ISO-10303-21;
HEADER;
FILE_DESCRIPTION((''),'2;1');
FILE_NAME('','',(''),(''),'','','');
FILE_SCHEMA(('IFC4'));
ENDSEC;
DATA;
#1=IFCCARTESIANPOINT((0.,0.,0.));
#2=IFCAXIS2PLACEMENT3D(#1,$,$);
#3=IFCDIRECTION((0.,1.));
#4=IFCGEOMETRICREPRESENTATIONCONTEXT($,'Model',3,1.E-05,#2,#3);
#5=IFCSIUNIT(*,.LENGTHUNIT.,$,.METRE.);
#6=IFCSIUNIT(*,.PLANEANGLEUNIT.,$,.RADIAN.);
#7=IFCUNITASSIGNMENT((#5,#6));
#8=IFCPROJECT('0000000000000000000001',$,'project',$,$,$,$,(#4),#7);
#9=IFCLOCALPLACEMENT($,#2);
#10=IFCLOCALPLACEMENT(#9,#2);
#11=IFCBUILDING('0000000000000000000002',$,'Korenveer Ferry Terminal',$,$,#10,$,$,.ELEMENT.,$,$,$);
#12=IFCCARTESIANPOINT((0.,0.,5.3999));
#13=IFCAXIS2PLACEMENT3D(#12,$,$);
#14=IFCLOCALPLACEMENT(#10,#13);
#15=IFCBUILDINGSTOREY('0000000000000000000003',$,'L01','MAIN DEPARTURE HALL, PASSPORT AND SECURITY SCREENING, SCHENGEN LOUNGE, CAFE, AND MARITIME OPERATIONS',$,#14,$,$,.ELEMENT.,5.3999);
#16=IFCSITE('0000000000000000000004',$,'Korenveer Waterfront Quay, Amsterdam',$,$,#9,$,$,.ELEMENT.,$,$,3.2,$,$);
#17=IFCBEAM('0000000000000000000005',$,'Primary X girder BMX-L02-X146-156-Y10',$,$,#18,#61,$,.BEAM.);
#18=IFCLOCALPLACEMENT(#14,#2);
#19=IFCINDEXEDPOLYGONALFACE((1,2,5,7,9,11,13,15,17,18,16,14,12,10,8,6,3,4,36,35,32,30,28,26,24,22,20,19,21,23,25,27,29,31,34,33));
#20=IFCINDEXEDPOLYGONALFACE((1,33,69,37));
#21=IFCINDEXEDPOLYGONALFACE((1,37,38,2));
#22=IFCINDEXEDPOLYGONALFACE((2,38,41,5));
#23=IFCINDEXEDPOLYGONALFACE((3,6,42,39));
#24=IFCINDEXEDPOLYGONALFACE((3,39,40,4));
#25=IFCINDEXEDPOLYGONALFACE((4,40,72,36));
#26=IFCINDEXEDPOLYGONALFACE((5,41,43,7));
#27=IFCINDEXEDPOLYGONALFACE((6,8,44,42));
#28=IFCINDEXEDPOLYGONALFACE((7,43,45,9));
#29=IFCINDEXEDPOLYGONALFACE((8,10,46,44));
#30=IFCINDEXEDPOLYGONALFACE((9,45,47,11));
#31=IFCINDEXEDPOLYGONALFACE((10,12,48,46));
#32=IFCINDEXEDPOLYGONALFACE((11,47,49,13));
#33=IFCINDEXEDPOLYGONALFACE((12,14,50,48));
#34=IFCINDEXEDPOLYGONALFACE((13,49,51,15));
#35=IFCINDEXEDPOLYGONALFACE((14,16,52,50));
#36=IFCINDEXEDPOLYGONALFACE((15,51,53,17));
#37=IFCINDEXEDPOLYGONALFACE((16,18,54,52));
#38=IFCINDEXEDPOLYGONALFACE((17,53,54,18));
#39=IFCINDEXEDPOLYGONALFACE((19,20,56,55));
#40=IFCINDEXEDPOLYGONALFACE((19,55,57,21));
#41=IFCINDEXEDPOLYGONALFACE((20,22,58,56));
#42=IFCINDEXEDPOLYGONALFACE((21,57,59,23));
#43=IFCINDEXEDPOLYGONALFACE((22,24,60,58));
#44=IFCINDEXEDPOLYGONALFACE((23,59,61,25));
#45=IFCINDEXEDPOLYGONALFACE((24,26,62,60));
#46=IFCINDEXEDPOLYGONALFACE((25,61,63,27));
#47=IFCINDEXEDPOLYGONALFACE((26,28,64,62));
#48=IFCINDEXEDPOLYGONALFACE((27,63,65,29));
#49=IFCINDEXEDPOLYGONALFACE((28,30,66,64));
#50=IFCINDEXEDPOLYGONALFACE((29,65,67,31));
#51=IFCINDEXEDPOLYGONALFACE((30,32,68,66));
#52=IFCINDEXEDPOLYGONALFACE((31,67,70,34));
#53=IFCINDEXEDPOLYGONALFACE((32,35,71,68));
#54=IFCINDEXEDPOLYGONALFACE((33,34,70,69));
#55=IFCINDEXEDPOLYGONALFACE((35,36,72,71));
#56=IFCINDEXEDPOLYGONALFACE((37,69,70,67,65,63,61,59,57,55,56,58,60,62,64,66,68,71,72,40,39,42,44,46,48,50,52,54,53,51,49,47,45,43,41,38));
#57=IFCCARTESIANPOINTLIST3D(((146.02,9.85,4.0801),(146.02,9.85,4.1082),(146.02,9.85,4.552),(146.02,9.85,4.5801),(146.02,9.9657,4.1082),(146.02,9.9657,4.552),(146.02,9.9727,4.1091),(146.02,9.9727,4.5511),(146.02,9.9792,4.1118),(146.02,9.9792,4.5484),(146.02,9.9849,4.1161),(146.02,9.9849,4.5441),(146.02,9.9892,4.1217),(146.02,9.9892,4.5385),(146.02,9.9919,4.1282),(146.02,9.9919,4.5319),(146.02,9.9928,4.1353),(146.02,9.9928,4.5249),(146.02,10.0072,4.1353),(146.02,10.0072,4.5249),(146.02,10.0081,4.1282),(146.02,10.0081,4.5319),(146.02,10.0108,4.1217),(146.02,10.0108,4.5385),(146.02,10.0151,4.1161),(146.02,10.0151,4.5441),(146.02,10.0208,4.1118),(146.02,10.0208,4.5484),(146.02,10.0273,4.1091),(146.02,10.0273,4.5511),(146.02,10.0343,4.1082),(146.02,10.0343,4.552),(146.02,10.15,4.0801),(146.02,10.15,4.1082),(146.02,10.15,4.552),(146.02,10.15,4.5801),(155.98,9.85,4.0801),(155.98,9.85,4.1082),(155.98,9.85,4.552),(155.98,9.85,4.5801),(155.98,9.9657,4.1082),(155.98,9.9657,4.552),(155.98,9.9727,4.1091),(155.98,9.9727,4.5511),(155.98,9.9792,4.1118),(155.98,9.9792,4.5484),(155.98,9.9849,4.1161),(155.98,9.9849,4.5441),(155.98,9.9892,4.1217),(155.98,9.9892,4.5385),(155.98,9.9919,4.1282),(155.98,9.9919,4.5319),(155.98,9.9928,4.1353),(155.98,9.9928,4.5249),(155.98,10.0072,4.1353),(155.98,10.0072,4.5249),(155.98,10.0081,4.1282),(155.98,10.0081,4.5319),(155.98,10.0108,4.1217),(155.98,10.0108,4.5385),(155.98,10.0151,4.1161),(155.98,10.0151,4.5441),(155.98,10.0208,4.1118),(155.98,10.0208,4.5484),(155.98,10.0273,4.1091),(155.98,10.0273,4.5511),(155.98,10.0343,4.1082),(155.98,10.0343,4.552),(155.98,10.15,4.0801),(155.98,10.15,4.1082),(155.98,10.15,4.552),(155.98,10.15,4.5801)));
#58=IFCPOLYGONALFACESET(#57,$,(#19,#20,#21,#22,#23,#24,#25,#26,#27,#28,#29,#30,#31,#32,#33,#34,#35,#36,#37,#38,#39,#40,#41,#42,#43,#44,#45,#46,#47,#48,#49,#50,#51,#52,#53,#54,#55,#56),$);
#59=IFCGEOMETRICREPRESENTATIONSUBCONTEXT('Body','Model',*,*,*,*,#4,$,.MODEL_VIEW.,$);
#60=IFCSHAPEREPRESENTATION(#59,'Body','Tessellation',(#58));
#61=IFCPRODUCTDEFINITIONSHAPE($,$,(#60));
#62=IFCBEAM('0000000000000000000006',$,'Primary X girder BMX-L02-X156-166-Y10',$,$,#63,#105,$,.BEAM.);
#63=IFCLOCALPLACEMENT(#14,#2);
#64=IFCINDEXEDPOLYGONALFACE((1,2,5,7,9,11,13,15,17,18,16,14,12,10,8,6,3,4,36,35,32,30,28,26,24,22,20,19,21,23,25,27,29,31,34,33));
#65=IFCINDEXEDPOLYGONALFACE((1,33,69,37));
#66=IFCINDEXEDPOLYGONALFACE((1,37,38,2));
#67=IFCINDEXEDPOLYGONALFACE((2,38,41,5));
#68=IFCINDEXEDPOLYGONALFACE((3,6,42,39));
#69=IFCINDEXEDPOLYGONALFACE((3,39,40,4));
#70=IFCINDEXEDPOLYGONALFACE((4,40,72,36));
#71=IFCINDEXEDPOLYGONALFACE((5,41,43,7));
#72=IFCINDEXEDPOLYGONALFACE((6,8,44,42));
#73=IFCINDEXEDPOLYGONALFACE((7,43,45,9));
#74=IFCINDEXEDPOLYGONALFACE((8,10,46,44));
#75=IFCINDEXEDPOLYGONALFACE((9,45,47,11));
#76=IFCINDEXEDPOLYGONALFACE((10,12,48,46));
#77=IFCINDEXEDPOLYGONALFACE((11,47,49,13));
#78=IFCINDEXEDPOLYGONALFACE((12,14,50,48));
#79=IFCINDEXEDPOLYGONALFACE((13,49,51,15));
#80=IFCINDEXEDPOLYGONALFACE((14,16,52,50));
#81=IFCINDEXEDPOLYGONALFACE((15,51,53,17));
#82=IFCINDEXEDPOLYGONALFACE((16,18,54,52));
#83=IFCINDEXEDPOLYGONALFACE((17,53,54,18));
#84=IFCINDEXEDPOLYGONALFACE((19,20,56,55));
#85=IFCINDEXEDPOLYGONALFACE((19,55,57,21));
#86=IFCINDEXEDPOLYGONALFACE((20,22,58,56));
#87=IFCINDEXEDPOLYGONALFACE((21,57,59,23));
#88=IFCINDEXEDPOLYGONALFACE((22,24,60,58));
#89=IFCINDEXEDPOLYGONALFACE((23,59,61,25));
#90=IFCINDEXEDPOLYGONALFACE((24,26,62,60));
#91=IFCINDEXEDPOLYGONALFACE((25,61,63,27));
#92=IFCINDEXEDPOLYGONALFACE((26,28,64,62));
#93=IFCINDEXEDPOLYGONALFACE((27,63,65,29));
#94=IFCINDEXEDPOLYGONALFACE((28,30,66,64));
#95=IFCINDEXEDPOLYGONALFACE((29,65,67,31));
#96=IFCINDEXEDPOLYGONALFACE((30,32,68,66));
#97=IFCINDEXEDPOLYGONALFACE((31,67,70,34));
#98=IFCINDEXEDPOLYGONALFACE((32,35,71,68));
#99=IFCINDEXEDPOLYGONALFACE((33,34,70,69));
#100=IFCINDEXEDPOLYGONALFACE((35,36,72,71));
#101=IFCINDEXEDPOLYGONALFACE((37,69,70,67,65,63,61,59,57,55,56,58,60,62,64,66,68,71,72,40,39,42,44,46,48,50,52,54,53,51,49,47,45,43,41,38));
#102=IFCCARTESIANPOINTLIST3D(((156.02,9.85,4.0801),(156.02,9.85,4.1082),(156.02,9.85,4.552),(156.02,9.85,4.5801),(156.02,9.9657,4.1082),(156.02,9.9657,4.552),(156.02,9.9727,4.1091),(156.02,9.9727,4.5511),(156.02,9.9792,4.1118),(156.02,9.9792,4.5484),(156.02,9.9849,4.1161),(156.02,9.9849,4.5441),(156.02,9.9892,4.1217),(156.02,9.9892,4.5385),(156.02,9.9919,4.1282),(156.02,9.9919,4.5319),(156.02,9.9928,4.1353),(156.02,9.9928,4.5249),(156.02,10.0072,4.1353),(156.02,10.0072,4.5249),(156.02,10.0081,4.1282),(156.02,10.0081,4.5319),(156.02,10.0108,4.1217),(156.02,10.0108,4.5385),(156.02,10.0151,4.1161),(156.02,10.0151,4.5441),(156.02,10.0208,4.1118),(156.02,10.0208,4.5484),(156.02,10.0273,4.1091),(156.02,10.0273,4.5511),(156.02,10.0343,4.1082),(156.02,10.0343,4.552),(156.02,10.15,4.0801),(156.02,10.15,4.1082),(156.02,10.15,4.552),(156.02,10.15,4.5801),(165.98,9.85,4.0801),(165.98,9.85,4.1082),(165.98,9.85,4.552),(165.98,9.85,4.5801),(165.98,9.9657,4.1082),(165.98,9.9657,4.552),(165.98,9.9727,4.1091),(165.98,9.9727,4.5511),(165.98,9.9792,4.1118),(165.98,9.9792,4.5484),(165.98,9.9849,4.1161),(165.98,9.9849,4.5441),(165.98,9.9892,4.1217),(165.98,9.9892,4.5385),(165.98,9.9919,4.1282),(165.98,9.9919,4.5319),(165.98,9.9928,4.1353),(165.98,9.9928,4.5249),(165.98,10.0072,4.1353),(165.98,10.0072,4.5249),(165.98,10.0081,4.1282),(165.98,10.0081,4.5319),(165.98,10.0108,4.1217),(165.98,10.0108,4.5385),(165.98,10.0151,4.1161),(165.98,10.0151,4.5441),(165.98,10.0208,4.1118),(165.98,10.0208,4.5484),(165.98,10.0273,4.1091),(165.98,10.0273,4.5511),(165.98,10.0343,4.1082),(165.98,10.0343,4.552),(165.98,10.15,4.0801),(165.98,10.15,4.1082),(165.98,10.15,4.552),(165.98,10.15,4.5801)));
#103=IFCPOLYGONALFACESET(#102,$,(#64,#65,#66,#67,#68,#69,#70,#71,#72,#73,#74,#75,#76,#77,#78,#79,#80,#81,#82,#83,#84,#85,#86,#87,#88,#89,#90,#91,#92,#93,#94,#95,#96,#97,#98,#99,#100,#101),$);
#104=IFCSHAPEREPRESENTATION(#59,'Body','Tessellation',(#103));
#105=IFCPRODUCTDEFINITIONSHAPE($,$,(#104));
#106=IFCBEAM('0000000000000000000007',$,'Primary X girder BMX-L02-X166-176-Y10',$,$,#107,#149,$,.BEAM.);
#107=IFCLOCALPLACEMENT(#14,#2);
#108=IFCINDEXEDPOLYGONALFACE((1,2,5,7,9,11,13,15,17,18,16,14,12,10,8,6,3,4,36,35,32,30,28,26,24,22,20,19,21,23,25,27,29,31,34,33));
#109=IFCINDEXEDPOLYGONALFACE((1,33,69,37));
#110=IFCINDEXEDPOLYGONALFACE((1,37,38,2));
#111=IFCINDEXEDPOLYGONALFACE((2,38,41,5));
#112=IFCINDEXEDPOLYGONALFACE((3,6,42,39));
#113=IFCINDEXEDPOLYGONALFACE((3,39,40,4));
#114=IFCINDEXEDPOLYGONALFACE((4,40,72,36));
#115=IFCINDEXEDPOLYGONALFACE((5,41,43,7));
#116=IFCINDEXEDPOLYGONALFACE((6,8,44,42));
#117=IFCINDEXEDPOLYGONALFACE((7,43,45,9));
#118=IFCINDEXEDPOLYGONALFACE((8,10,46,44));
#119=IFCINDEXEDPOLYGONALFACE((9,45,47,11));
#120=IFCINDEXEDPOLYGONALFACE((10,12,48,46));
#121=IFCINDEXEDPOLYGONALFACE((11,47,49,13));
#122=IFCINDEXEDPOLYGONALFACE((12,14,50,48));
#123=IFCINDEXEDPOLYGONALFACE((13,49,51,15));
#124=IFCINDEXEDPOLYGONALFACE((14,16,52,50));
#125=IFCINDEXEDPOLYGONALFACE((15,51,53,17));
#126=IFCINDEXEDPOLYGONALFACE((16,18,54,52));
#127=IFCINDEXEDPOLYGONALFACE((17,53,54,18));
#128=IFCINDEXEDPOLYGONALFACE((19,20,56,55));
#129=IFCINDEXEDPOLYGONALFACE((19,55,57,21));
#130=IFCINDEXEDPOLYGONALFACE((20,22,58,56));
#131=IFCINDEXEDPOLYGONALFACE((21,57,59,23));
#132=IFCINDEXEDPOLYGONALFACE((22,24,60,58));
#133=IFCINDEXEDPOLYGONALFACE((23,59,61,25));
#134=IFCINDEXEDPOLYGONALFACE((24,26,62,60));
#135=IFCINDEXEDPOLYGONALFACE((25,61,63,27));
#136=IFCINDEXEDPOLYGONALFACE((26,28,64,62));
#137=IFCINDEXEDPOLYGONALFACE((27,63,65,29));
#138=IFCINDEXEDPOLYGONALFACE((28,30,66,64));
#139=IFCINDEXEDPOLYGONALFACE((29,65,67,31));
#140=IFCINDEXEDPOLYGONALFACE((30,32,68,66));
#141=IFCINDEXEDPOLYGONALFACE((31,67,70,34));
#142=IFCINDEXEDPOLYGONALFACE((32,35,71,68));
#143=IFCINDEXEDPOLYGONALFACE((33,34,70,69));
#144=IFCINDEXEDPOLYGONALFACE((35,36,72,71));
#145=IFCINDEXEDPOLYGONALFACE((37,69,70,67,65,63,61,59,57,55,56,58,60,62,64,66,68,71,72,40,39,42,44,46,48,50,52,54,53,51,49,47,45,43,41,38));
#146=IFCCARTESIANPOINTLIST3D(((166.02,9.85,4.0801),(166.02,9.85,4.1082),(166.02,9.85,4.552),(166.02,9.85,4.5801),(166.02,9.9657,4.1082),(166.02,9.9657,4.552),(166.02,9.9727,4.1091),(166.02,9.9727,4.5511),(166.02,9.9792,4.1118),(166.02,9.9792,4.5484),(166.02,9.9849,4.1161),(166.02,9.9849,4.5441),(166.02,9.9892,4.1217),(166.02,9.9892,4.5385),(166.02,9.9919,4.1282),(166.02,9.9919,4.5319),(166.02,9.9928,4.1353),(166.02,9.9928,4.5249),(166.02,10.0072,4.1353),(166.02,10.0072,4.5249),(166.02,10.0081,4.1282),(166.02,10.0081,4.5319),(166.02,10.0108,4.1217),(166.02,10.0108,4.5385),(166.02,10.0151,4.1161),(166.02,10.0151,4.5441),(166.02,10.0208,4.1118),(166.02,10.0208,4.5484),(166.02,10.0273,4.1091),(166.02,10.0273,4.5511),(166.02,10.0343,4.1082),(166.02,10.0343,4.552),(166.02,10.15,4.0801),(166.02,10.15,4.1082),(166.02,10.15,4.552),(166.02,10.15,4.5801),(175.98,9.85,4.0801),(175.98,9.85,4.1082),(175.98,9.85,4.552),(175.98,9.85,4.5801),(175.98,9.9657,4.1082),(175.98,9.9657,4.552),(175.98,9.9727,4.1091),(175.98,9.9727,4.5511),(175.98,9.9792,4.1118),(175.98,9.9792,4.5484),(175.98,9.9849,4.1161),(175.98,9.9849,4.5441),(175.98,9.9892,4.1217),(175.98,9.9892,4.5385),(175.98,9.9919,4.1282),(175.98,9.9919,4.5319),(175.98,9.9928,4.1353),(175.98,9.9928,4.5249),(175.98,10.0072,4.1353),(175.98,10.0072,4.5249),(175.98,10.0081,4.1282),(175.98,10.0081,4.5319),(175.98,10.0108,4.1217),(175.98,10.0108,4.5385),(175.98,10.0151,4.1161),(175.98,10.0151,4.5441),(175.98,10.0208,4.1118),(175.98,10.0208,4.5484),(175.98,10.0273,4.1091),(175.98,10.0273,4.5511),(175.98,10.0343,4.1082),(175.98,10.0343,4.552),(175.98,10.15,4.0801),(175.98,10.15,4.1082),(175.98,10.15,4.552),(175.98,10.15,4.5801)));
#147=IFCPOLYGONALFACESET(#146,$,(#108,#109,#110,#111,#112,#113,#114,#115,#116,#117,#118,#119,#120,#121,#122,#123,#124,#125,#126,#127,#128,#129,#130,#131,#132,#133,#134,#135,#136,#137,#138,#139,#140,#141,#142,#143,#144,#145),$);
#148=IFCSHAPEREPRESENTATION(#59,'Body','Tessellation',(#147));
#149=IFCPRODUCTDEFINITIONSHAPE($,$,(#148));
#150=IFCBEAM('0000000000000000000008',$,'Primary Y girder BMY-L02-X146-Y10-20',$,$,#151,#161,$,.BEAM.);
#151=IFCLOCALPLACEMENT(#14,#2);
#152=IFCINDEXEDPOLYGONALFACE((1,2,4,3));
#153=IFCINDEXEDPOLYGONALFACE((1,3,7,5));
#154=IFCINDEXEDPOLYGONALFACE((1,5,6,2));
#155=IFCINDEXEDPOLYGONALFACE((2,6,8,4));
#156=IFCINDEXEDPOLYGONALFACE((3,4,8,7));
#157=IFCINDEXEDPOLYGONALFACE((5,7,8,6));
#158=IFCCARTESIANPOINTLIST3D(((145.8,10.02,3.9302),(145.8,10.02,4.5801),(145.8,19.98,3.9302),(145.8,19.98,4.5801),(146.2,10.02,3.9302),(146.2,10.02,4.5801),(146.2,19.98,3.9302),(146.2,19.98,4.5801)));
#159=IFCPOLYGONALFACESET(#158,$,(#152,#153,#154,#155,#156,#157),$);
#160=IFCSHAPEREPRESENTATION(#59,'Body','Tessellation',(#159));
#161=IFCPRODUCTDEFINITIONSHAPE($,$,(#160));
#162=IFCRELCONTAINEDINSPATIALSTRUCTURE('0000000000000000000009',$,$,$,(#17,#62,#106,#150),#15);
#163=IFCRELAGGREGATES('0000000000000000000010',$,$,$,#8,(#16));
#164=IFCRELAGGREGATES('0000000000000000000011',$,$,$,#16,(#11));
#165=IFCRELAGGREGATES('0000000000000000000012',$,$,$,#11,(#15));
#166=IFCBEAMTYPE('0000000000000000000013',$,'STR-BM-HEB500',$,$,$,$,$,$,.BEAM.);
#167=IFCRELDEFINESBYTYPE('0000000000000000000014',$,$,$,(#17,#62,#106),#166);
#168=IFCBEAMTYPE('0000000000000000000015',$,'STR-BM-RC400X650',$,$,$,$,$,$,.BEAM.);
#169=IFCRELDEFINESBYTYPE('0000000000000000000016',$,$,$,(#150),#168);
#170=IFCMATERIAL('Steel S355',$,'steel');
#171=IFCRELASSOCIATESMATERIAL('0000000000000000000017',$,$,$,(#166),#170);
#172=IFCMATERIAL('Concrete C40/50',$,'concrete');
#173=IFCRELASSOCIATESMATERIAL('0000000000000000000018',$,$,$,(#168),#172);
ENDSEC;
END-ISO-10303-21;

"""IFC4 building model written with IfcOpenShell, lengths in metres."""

from ifc_helpers import new_model, si_unit, direction, frame, origin, origin_2d, place, context, subcontext, project, spatial, rectangle, i_section, extrude, material, material_profile, profile_set, type_object, element, save


model = new_model("IFC4")

# Units and contexts
model_context = context("Model", 3, precision=1e-05, world=origin(), true_north=direction((0.0, 1.0)))
body_context = subcontext(model_context, "Body", "Model", "MODEL_VIEW")
ifc_project = project(units=[si_unit("LENGTHUNIT", "METRE"), si_unit("PLANEANGLEUNIT", "RADIAN")], contexts=[model_context])

# Site, building, storey
site_placement = place(None, origin())
site = spatial("IfcSite", under=ifc_project, at=site_placement, Name="Korenveer Waterfront Quay, Amsterdam", CompositionType="ELEMENT", RefElevation=3.2)
building_placement = place(site_placement, origin())
building = spatial("IfcBuilding", under=site, at=building_placement, Name="Korenveer Ferry Terminal", CompositionType="ELEMENT")
storey_placement = place(building_placement, frame((0.0, 0.0, 5.3999)))
storey = spatial("IfcBuildingStorey", under=building, at=storey_placement, Name="L01", Description="MAIN DEPARTURE HALL, PASSPORT AND SECURITY SCREENING, SCHENGEN LOUNGE, CAFE, AND MARITIME OPERATIONS", CompositionType="ELEMENT", Elevation=5.3999)

# Beams
ifc_material_1 = material(Name="Steel S355", Category="steel")
ifc_material_profile_1 = material_profile(ifc_material_1, i_section(OverallWidth=0.3, OverallDepth=0.5, WebThickness=0.0144, FlangeThickness=0.0281, FilletRadius=0.0271, at=origin_2d()), Name="HEB 500")
ifc_profile_set_1 = profile_set([ifc_material_profile_1], Name="Steel S355")
beam_type_1 = type_object("IfcBeamType", Name="STR-BM-HEB500", PredefinedType="BEAM", material=ifc_profile_set_1)
for number, where, z_axis, x_axis, name in (
    (1, (146.02, 10.0, 4.3301), (1.0, 0.0, 0.0), (0.0, 1.0, 0.0), "Primary X girder BMX-L02-X146-156-Y10"),
    (2, (156.02, 10.0, 4.3301), (1.0, 0.0, 0.0), (0.0, 1.0, 0.0), "Primary X girder BMX-L02-X156-166-Y10"),
    (3, (166.02, 10.0, 4.3301), (1.0, 0.0, 0.0), (0.0, 1.0, 0.0), "Primary X girder BMX-L02-X166-176-Y10"),
):
    element("IfcBeam", number, at=place(storey_placement, frame(where, z_axis=z_axis, x_axis=x_axis)), inside=storey, type_object=beam_type_1, Name=name, PredefinedType="BEAM", context=body_context, shape_type="SweptSolid", body=[
        extrude(i_section(OverallWidth=0.3, OverallDepth=0.5, WebThickness=0.0144, FlangeThickness=0.0281, FilletRadius=0.0271, at=origin_2d()), origin(), (0.0, 0.0, 1.0), 9.96),
    ])
ifc_material_2 = material(Name="Concrete C40/50", Category="concrete")
ifc_material_profile_2 = material_profile(ifc_material_2, rectangle(XDim=0.3999, YDim=0.6499, at=origin_2d()), Name="RC 400x650")
ifc_profile_set_2 = profile_set([ifc_material_profile_2], Name="Concrete C40/50")
beam_type_2 = type_object("IfcBeamType", Name="STR-BM-RC400X650", PredefinedType="BEAM", material=ifc_profile_set_2)
beam_1_placement = place(storey_placement, frame((146.0, 10.02, 4.2551), z_axis=(0.0, 1.0, 0.0), x_axis=(-1.0, 0.0, 0.0)))
element("IfcBeam", 4, at=beam_1_placement, inside=storey, type_object=beam_type_2, Name="Primary Y girder BMY-L02-X146-Y10-20", PredefinedType="BEAM", context=body_context, shape_type="SweptSolid", body=[
    extrude(rectangle(XDim=0.3999, YDim=0.6499, at=origin_2d()), origin(), (0.0, 0.0, 1.0), 9.96),
])

save(model, "model.ifc")
